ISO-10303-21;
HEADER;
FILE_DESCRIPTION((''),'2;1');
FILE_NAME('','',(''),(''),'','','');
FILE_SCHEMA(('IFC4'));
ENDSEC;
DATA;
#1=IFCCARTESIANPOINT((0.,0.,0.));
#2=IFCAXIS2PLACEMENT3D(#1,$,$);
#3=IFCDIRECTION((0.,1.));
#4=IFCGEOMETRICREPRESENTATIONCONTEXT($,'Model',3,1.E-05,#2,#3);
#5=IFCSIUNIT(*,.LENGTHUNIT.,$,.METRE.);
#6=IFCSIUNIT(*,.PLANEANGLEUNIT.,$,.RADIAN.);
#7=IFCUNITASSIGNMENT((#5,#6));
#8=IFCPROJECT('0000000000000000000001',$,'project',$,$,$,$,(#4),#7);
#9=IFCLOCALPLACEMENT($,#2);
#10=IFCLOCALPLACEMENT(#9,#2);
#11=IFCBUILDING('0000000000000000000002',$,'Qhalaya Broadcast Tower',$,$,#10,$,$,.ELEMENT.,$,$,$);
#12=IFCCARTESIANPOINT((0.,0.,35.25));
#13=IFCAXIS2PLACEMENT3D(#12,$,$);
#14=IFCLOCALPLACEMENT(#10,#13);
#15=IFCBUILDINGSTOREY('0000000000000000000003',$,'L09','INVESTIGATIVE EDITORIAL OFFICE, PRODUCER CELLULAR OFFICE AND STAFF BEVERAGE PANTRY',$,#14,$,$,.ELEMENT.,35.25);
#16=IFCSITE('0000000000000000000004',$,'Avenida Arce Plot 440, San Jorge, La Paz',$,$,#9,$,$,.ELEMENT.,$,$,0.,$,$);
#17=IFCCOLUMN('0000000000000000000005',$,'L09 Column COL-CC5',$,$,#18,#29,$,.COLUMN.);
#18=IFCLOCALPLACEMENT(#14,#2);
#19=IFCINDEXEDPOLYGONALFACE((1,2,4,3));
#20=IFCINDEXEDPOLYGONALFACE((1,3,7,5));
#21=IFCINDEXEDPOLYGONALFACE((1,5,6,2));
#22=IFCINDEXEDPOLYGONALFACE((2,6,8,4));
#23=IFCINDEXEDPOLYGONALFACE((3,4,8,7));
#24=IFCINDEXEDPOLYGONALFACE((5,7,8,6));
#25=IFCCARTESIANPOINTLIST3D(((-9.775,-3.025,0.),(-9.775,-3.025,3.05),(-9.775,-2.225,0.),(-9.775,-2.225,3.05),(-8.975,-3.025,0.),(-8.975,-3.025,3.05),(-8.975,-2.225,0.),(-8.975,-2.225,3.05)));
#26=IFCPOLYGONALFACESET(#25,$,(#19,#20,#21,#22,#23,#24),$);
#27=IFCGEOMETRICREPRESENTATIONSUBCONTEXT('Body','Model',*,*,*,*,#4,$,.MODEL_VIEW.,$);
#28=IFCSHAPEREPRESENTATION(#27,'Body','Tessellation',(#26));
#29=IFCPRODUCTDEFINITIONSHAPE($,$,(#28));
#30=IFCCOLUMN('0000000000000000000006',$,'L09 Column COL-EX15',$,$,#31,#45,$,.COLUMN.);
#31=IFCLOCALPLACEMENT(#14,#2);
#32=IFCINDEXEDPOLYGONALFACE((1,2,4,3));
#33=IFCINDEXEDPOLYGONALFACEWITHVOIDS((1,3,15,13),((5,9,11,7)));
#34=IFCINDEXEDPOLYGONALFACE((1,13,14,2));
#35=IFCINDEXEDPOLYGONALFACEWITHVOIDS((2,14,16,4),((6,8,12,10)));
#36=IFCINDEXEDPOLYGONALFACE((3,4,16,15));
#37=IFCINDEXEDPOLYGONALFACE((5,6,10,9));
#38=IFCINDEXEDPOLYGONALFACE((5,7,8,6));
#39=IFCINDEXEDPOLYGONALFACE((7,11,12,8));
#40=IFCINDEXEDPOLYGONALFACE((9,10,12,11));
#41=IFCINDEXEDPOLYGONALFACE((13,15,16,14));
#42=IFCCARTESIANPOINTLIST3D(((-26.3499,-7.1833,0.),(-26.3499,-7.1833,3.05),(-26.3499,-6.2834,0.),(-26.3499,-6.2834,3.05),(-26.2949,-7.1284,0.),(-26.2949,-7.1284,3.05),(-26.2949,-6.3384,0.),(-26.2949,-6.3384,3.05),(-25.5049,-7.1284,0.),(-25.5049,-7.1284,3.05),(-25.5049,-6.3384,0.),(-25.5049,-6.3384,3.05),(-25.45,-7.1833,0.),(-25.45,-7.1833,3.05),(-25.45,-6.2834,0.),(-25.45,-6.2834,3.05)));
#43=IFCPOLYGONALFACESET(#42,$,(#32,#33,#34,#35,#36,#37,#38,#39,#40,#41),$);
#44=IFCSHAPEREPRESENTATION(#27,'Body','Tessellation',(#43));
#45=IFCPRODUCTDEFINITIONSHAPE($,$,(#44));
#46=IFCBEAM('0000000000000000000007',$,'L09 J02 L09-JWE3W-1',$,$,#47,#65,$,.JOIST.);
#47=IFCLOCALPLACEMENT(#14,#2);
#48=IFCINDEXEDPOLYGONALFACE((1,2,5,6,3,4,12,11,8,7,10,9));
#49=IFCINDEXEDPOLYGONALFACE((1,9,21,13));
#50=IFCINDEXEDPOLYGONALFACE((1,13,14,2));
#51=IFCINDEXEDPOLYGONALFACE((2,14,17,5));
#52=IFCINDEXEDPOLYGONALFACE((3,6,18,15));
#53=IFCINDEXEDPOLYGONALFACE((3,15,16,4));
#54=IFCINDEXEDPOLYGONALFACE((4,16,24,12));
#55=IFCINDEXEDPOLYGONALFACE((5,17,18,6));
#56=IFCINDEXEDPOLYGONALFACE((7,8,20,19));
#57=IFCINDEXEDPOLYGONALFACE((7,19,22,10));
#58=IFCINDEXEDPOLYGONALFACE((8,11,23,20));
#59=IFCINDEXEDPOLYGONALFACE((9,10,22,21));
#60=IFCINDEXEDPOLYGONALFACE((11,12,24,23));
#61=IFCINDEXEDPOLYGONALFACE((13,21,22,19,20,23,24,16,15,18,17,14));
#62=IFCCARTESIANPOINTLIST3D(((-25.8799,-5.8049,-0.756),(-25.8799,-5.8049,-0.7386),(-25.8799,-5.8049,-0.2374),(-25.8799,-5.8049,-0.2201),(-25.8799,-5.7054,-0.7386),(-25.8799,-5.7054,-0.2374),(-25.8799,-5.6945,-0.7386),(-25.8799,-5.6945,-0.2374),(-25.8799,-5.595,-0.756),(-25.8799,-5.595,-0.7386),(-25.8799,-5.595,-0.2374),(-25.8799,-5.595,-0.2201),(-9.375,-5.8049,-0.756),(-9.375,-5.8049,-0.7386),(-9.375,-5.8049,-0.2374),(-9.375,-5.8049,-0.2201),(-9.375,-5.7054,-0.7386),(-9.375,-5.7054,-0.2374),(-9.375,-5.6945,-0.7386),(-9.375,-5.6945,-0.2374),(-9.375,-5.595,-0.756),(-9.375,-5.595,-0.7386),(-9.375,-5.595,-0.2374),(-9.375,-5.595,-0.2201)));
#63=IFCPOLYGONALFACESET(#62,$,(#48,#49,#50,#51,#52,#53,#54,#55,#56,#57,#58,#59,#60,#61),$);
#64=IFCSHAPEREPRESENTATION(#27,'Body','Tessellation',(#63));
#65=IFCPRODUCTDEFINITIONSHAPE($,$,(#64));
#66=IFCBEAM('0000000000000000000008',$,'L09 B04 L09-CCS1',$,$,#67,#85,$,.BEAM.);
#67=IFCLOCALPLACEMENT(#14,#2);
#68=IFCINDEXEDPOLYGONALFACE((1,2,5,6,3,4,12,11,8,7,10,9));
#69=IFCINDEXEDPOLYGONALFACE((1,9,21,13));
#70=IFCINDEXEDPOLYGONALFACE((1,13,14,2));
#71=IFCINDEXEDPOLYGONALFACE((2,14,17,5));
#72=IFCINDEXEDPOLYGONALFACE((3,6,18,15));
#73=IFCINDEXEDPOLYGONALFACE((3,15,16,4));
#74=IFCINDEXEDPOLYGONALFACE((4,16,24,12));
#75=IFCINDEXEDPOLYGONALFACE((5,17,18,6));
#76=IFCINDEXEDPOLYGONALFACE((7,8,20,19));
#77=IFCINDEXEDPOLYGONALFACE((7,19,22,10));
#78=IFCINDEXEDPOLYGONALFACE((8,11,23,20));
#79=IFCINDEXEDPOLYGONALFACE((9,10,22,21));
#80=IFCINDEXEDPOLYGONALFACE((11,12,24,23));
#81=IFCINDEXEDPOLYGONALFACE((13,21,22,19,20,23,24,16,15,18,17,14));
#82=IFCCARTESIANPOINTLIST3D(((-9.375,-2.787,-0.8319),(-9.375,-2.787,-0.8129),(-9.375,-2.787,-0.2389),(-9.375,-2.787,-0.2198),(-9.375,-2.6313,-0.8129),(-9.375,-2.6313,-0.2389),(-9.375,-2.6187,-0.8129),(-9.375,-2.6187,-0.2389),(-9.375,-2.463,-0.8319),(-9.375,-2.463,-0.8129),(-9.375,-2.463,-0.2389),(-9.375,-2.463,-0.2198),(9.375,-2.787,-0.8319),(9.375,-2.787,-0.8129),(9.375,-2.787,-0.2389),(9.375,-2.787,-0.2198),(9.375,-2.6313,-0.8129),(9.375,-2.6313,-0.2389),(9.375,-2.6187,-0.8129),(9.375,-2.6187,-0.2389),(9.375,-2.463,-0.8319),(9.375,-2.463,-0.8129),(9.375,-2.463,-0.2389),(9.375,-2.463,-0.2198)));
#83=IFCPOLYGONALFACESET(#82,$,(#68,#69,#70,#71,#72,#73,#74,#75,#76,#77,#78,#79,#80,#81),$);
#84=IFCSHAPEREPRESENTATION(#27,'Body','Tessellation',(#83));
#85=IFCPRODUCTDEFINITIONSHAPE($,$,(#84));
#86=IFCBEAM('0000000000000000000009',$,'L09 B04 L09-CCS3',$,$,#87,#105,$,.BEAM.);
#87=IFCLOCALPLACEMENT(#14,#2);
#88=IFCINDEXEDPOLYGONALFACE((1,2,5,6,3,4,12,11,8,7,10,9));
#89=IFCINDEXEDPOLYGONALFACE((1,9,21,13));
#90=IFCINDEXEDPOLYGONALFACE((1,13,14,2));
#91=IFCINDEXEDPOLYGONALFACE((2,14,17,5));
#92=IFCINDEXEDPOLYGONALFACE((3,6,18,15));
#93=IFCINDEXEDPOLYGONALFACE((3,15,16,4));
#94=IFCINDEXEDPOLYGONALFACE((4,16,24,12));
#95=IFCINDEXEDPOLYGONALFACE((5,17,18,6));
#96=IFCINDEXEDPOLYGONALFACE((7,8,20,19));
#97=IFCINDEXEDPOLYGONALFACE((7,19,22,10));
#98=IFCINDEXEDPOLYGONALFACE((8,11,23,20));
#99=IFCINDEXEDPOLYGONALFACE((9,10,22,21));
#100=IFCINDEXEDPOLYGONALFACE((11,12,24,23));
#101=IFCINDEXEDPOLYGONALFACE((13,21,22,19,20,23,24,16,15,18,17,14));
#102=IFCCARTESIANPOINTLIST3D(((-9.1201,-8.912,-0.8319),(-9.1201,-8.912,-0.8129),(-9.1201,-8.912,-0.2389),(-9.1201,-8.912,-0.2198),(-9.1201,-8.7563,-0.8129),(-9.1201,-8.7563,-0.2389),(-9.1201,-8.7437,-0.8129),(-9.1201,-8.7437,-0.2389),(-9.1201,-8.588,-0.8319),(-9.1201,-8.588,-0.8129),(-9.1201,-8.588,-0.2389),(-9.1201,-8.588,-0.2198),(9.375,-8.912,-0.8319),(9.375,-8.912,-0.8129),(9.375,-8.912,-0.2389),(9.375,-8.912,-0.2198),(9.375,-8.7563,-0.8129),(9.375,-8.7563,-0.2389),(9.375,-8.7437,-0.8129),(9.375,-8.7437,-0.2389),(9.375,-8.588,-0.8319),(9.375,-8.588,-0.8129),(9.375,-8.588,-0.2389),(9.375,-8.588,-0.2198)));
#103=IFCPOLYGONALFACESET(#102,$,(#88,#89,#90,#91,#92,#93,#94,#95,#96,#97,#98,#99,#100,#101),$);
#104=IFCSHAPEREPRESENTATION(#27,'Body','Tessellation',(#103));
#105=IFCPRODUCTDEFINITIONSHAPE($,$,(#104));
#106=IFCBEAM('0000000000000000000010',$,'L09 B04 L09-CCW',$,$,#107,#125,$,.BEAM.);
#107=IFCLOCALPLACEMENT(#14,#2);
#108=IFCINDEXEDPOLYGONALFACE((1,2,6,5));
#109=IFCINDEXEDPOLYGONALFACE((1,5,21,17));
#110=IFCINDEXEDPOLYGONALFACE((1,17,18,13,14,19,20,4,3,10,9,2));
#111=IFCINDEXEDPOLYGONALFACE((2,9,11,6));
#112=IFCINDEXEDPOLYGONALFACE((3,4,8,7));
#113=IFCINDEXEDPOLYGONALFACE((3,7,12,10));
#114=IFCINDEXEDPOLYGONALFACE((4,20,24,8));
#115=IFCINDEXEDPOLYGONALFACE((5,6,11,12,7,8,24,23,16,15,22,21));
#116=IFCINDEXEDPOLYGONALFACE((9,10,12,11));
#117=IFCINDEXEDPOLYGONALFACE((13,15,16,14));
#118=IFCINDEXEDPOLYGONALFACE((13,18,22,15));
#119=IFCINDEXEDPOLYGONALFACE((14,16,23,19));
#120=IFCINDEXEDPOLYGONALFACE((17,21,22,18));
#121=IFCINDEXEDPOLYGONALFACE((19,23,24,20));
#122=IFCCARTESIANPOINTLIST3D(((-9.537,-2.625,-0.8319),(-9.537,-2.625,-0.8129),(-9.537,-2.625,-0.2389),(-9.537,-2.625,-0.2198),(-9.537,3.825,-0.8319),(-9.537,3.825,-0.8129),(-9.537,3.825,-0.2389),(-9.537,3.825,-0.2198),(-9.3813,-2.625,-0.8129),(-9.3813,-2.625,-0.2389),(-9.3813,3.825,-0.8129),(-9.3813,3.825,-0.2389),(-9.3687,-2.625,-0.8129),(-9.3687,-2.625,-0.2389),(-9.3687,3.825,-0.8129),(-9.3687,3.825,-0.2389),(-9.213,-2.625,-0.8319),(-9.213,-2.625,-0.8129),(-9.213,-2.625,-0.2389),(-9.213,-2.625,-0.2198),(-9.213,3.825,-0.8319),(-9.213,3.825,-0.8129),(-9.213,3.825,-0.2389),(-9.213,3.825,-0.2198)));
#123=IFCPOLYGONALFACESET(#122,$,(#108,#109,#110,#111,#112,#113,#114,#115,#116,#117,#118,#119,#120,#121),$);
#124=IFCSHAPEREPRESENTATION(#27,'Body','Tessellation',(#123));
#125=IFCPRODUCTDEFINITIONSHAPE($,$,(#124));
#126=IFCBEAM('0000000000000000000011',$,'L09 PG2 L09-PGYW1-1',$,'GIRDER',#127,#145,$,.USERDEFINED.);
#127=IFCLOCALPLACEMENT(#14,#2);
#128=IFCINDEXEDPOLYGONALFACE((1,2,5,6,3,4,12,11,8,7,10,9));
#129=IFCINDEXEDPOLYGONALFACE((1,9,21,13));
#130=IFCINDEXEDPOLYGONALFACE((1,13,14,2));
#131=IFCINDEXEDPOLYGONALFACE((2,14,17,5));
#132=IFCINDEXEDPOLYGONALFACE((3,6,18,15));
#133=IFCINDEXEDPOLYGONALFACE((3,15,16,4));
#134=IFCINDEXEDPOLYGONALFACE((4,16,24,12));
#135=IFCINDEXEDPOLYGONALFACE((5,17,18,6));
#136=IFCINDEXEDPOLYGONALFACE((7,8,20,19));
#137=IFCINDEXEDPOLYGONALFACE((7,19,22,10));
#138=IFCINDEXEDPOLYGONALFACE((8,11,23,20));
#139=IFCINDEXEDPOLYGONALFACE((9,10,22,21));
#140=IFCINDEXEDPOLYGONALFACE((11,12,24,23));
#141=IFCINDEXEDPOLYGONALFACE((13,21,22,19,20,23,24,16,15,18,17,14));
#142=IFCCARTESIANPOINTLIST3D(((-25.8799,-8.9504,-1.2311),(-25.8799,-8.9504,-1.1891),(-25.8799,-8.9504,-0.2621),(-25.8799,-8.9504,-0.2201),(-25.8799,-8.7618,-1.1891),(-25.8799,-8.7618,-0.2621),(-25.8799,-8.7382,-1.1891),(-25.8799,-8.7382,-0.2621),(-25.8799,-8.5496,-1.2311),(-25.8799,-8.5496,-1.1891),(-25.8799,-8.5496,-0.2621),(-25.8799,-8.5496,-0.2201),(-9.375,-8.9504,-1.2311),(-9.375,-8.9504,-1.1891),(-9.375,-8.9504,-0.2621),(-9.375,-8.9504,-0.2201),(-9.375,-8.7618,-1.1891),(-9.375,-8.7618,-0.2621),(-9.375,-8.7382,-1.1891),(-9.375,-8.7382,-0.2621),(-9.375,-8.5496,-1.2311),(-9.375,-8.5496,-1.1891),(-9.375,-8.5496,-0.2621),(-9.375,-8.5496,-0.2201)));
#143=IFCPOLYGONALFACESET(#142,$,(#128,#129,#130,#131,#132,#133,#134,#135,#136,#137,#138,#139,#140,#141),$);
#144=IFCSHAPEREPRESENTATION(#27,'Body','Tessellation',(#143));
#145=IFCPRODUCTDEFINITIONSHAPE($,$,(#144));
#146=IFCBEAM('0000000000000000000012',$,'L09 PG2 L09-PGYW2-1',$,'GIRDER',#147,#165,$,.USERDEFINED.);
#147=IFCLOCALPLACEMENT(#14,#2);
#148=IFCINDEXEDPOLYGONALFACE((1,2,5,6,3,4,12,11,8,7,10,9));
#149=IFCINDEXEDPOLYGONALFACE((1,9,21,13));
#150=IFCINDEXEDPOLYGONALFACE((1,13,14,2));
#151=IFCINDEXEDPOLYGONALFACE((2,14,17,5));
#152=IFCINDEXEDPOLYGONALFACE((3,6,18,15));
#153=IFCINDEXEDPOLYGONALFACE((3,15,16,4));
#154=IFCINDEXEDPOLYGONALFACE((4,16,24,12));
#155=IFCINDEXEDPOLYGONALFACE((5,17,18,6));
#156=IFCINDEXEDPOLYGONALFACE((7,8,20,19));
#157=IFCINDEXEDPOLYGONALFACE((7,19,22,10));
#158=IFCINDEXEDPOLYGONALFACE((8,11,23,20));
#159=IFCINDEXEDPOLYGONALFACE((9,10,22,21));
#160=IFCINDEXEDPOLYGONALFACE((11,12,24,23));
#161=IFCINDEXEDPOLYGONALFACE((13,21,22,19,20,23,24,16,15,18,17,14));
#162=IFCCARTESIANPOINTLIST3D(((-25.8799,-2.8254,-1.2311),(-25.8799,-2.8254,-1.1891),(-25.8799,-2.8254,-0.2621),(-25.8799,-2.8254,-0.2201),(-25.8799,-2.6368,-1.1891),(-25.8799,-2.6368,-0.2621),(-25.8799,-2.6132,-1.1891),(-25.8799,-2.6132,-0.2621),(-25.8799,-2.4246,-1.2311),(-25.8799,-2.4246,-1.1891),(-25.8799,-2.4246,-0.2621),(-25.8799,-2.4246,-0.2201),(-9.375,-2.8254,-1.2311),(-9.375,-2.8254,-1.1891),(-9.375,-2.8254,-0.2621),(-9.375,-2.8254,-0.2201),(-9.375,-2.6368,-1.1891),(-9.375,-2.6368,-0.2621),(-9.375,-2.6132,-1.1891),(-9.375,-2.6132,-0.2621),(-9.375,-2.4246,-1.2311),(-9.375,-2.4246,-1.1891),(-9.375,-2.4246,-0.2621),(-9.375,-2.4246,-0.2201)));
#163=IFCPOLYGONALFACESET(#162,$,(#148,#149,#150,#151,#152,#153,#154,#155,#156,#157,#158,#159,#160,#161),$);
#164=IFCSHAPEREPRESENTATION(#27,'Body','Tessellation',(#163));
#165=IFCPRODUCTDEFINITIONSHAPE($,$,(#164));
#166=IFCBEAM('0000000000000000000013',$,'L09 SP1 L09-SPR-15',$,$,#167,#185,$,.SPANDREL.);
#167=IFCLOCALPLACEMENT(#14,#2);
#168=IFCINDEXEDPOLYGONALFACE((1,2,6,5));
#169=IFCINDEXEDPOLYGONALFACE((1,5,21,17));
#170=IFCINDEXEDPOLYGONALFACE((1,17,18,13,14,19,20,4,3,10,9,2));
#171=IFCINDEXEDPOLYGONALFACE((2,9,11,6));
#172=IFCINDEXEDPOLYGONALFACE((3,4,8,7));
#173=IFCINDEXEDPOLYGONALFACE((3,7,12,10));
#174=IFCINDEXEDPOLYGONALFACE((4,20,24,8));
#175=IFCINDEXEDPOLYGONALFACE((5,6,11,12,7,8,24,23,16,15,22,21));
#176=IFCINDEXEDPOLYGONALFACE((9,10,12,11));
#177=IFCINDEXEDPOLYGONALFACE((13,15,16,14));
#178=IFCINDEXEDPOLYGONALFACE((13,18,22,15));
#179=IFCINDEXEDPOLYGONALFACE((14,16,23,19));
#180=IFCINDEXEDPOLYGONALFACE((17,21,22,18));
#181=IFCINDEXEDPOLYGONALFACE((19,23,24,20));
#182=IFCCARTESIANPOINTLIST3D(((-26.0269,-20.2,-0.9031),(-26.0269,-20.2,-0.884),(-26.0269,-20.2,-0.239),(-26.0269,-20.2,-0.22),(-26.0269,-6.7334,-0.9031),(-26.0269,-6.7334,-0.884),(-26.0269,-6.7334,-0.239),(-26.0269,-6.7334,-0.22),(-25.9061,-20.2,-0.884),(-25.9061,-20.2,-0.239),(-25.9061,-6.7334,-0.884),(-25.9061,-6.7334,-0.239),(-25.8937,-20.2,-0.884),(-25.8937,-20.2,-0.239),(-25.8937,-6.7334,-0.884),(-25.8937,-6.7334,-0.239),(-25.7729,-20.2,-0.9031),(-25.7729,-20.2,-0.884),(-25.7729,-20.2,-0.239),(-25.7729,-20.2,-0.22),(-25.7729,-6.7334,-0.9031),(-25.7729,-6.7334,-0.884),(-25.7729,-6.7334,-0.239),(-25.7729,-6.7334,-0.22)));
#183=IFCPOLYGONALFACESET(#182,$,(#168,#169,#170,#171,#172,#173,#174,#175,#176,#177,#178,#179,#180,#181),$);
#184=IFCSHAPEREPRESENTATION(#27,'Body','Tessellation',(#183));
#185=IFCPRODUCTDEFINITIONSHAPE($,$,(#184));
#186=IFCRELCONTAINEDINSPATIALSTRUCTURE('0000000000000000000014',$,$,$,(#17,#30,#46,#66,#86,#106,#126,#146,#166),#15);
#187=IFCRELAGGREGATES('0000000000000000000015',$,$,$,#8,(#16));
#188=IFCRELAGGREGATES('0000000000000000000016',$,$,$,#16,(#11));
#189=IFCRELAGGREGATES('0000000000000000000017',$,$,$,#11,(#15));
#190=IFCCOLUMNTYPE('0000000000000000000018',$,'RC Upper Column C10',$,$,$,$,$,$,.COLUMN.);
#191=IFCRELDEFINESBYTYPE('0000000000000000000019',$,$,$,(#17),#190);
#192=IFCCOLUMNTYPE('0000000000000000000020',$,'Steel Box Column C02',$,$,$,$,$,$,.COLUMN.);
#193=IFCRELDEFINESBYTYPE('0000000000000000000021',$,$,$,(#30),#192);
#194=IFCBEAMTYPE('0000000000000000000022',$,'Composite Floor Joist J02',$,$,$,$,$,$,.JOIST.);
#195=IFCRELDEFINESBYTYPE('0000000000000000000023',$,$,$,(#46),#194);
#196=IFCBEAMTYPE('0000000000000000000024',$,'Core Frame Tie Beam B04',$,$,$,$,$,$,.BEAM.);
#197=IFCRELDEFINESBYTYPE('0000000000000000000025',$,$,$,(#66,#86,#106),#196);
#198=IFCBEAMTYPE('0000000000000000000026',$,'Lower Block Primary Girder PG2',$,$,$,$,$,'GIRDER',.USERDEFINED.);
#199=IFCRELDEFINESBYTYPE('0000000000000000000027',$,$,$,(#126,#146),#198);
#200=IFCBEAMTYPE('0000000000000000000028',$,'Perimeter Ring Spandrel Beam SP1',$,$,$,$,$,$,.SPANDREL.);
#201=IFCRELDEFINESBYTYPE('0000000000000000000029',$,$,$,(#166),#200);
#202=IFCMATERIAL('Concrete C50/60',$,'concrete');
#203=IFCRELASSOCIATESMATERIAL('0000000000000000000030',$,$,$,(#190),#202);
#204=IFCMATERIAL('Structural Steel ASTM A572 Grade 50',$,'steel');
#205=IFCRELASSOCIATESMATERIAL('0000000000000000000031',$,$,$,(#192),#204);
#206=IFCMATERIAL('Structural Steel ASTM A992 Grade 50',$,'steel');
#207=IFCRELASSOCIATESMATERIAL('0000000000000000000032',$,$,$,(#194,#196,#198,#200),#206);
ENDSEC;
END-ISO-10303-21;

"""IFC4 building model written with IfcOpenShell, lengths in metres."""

from ifc_helpers import new_model, si_unit, direction, frame, origin, origin_2d, place, context, subcontext, project, spatial, rectangle, hollow_rectangle, i_section, extrude, material, material_profile, profile_set, type_object, element, save


model = new_model("IFC4")

# Units and contexts
model_context = context("Model", 3, precision=1e-05, world=origin(), true_north=direction((0.0, 1.0)))
body_context = subcontext(model_context, "Body", "Model", "MODEL_VIEW")
ifc_project = project(units=[si_unit("LENGTHUNIT", "METRE"), si_unit("PLANEANGLEUNIT", "RADIAN")], contexts=[model_context])

# Site, building, storey
site_placement = place(None, origin())
site = spatial("IfcSite", under=ifc_project, at=site_placement, Name="Avenida Arce Plot 440, San Jorge, La Paz", CompositionType="ELEMENT", RefElevation=0.0)
building_placement = place(site_placement, origin())
building = spatial("IfcBuilding", under=site, at=building_placement, Name="Qhalaya Broadcast Tower", CompositionType="ELEMENT")
storey_placement = place(building_placement, frame((0.0, 0.0, 35.25)))
storey = spatial("IfcBuildingStorey", under=building, at=storey_placement, Name="L09", Description="INVESTIGATIVE EDITORIAL OFFICE, PRODUCER CELLULAR OFFICE AND STAFF BEVERAGE PANTRY", CompositionType="ELEMENT", Elevation=35.25)

# Columns
ifc_material_1 = material(Name="Concrete C50/60", Category="concrete")
ifc_material_profile_1 = material_profile(ifc_material_1, rectangle(XDim=0.8, YDim=0.8, at=origin_2d()), Name="RC-COL 800x800")
ifc_profile_set_1 = profile_set([ifc_material_profile_1], Name="Concrete C50/60")
column_type_1 = type_object("IfcColumnType", Name="RC Upper Column C10", PredefinedType="COLUMN", material=ifc_profile_set_1)
column_1_placement = place(storey_placement, frame((-9.375, -2.625, 0.0), z_axis=(0.0, 0.0, 1.0), x_axis=(1.0, 0.0, 0.0)))
element("IfcColumn", 1, at=column_1_placement, inside=storey, type_object=column_type_1, Name="L09 Column COL-CC5", PredefinedType="COLUMN", context=body_context, shape_type="SweptSolid", body=[
    extrude(rectangle(XDim=0.8, YDim=0.8, at=origin_2d()), origin(), (0.0, 0.0, 1.0), 3.05),
])
ifc_material_2 = material(Name="Structural Steel ASTM A572 Grade 50", Category="steel")
ifc_material_profile_2 = material_profile(ifc_material_2, hollow_rectangle(XDim=0.8999, YDim=0.8999, WallThickness=0.0549, at=origin_2d()), Name="BOX 900x900x55")
ifc_profile_set_2 = profile_set([ifc_material_profile_2], Name="Structural Steel ASTM A572 Grade 50")
column_type_2 = type_object("IfcColumnType", Name="Steel Box Column C02", PredefinedType="COLUMN", material=ifc_profile_set_2)
column_2_placement = place(storey_placement, frame((-25.8999, -6.7334, 0.0), z_axis=(0.0, 0.0, 1.0), x_axis=(0.0, 1.0, 0.0)))
element("IfcColumn", 2, at=column_2_placement, inside=storey, type_object=column_type_2, Name="L09 Column COL-EX15", PredefinedType="COLUMN", context=body_context, shape_type="SweptSolid", body=[
    extrude(hollow_rectangle(XDim=0.8999, YDim=0.8999, WallThickness=0.0549, at=origin_2d()), origin(), (0.0, 0.0, 1.0), 3.05),
])

# Beams
ifc_material_3 = material(Name="Structural Steel ASTM A992 Grade 50", Category="steel")
ifc_material_profile_3 = material_profile(ifc_material_3, i_section(OverallWidth=0.21, OverallDepth=0.5359, WebThickness=0.011, FlangeThickness=0.0173, at=origin_2d()), Name="W21X68")
ifc_profile_set_3 = profile_set([ifc_material_profile_3], Name="Structural Steel ASTM A992 Grade 50")
beam_type_1 = type_object("IfcBeamType", Name="Composite Floor Joist J02", PredefinedType="JOIST", material=ifc_profile_set_3)
beam_1_placement = place(storey_placement, frame((-25.8799, -5.7, -0.488), z_axis=(1.0, 0.0, 0.0), x_axis=(0.0, 1.0, 0.0)))
element("IfcBeam", 3, at=beam_1_placement, inside=storey, type_object=beam_type_1, Name="L09 J02 L09-JWE3W-1", PredefinedType="JOIST", context=body_context, shape_type="SweptSolid", body=[
    extrude(i_section(OverallWidth=0.21, OverallDepth=0.5359, WebThickness=0.011, FlangeThickness=0.0173, at=origin_2d()), origin(), (0.0, 0.0, 1.0), 16.5049),
])
ifc_material_profile_4 = material_profile(ifc_material_3, i_section(OverallWidth=0.324, OverallDepth=0.6121, WebThickness=0.0127, FlangeThickness=0.019, at=origin_2d()), Name="W24X104")
ifc_profile_set_4 = profile_set([ifc_material_profile_4], Name="Structural Steel ASTM A992 Grade 50")
beam_type_2 = type_object("IfcBeamType", Name="Core Frame Tie Beam B04", PredefinedType="BEAM", material=ifc_profile_set_4)
beam_2_placement = place(storey_placement, frame((-9.375, -2.625, -0.5259), z_axis=(1.0, 0.0, 0.0), x_axis=(0.0, 1.0, 0.0)))
element("IfcBeam", 4, at=beam_2_placement, inside=storey, type_object=beam_type_2, Name="L09 B04 L09-CCS1", PredefinedType="BEAM", context=body_context, shape_type="SweptSolid", body=[
    extrude(i_section(OverallWidth=0.324, OverallDepth=0.6121, WebThickness=0.0127, FlangeThickness=0.019, at=origin_2d()), origin(), (0.0, 0.0, 1.0), 18.75),
])
beam_3_placement = place(storey_placement, frame((-9.1201, -8.75, -0.5259), z_axis=(1.0, 0.0, 0.0), x_axis=(0.0, 1.0, 0.0)))
element("IfcBeam", 5, at=beam_3_placement, inside=storey, type_object=beam_type_2, Name="L09 B04 L09-CCS3", PredefinedType="BEAM", context=body_context, shape_type="SweptSolid", body=[
    extrude(i_section(OverallWidth=0.324, OverallDepth=0.6121, WebThickness=0.0127, FlangeThickness=0.019, at=origin_2d()), origin(), (0.0, 0.0, 1.0), 18.4951),
])
beam_4_placement = place(storey_placement, frame((-9.375, -2.625, -0.5259), z_axis=(0.0, 1.0, 0.0), x_axis=(-1.0, 0.0, 0.0)))
element("IfcBeam", 6, at=beam_4_placement, inside=storey, type_object=beam_type_2, Name="L09 B04 L09-CCW", PredefinedType="BEAM", context=body_context, shape_type="SweptSolid", body=[
    extrude(i_section(OverallWidth=0.324, OverallDepth=0.6121, WebThickness=0.0127, FlangeThickness=0.019, at=origin_2d()), origin(), (0.0, 0.0, 1.0), 6.45),
])
ifc_material_profile_5 = material_profile(ifc_material_3, i_section(OverallWidth=0.4009, OverallDepth=1.011, WebThickness=0.0237, FlangeThickness=0.042, at=origin_2d()), Name="W40X297")
ifc_profile_set_5 = profile_set([ifc_material_profile_5], Name="Structural Steel ASTM A992 Grade 50")
beam_type_3 = type_object("IfcBeamType", Name="Lower Block Primary Girder PG2", ElementType="GIRDER", PredefinedType="USERDEFINED", material=ifc_profile_set_5)
for number, where, z_axis, x_axis, name in (
    (7, (-25.8799, -8.75, -0.7256), (1.0, 0.0, 0.0), (0.0, 1.0, 0.0), "L09 PG2 L09-PGYW1-1"),
    (8, (-25.8799, -2.625, -0.7256), (1.0, 0.0, 0.0), (0.0, 1.0, 0.0), "L09 PG2 L09-PGYW2-1"),
):
    element("IfcBeam", number, at=place(storey_placement, frame(where, z_axis=z_axis, x_axis=x_axis)), inside=storey, type_object=beam_type_3, Name=name, ObjectType="GIRDER", PredefinedType="USERDEFINED", context=body_context, shape_type="SweptSolid", body=[
        extrude(i_section(OverallWidth=0.4009, OverallDepth=1.011, WebThickness=0.0237, FlangeThickness=0.042, at=origin_2d()), origin(), (0.0, 0.0, 1.0), 16.5049),
    ])
ifc_material_profile_6 = material_profile(ifc_material_3, i_section(OverallWidth=0.2539, OverallDepth=0.6831, WebThickness=0.0125, FlangeThickness=0.019, at=origin_2d()), Name="W27X94")
ifc_profile_set_6 = profile_set([ifc_material_profile_6], Name="Structural Steel ASTM A992 Grade 50")
beam_type_4 = type_object("IfcBeamType", Name="Perimeter Ring Spandrel Beam SP1", PredefinedType="SPANDREL", material=ifc_profile_set_6)
beam_5_placement = place(storey_placement, frame((-25.8999, -6.7334, -0.5615), z_axis=(0.0, -1.0, 0.0), x_axis=(1.0, 0.0, 0.0)))
element("IfcBeam", 9, at=beam_5_placement, inside=storey, type_object=beam_type_4, Name="L09 SP1 L09-SPR-15", PredefinedType="SPANDREL", context=body_context, shape_type="SweptSolid", body=[
    extrude(i_section(OverallWidth=0.2539, OverallDepth=0.6831, WebThickness=0.0125, FlangeThickness=0.019, at=origin_2d()), origin(), (0.0, 0.0, 1.0), 13.4666),
])

save(model, "model.ifc")
